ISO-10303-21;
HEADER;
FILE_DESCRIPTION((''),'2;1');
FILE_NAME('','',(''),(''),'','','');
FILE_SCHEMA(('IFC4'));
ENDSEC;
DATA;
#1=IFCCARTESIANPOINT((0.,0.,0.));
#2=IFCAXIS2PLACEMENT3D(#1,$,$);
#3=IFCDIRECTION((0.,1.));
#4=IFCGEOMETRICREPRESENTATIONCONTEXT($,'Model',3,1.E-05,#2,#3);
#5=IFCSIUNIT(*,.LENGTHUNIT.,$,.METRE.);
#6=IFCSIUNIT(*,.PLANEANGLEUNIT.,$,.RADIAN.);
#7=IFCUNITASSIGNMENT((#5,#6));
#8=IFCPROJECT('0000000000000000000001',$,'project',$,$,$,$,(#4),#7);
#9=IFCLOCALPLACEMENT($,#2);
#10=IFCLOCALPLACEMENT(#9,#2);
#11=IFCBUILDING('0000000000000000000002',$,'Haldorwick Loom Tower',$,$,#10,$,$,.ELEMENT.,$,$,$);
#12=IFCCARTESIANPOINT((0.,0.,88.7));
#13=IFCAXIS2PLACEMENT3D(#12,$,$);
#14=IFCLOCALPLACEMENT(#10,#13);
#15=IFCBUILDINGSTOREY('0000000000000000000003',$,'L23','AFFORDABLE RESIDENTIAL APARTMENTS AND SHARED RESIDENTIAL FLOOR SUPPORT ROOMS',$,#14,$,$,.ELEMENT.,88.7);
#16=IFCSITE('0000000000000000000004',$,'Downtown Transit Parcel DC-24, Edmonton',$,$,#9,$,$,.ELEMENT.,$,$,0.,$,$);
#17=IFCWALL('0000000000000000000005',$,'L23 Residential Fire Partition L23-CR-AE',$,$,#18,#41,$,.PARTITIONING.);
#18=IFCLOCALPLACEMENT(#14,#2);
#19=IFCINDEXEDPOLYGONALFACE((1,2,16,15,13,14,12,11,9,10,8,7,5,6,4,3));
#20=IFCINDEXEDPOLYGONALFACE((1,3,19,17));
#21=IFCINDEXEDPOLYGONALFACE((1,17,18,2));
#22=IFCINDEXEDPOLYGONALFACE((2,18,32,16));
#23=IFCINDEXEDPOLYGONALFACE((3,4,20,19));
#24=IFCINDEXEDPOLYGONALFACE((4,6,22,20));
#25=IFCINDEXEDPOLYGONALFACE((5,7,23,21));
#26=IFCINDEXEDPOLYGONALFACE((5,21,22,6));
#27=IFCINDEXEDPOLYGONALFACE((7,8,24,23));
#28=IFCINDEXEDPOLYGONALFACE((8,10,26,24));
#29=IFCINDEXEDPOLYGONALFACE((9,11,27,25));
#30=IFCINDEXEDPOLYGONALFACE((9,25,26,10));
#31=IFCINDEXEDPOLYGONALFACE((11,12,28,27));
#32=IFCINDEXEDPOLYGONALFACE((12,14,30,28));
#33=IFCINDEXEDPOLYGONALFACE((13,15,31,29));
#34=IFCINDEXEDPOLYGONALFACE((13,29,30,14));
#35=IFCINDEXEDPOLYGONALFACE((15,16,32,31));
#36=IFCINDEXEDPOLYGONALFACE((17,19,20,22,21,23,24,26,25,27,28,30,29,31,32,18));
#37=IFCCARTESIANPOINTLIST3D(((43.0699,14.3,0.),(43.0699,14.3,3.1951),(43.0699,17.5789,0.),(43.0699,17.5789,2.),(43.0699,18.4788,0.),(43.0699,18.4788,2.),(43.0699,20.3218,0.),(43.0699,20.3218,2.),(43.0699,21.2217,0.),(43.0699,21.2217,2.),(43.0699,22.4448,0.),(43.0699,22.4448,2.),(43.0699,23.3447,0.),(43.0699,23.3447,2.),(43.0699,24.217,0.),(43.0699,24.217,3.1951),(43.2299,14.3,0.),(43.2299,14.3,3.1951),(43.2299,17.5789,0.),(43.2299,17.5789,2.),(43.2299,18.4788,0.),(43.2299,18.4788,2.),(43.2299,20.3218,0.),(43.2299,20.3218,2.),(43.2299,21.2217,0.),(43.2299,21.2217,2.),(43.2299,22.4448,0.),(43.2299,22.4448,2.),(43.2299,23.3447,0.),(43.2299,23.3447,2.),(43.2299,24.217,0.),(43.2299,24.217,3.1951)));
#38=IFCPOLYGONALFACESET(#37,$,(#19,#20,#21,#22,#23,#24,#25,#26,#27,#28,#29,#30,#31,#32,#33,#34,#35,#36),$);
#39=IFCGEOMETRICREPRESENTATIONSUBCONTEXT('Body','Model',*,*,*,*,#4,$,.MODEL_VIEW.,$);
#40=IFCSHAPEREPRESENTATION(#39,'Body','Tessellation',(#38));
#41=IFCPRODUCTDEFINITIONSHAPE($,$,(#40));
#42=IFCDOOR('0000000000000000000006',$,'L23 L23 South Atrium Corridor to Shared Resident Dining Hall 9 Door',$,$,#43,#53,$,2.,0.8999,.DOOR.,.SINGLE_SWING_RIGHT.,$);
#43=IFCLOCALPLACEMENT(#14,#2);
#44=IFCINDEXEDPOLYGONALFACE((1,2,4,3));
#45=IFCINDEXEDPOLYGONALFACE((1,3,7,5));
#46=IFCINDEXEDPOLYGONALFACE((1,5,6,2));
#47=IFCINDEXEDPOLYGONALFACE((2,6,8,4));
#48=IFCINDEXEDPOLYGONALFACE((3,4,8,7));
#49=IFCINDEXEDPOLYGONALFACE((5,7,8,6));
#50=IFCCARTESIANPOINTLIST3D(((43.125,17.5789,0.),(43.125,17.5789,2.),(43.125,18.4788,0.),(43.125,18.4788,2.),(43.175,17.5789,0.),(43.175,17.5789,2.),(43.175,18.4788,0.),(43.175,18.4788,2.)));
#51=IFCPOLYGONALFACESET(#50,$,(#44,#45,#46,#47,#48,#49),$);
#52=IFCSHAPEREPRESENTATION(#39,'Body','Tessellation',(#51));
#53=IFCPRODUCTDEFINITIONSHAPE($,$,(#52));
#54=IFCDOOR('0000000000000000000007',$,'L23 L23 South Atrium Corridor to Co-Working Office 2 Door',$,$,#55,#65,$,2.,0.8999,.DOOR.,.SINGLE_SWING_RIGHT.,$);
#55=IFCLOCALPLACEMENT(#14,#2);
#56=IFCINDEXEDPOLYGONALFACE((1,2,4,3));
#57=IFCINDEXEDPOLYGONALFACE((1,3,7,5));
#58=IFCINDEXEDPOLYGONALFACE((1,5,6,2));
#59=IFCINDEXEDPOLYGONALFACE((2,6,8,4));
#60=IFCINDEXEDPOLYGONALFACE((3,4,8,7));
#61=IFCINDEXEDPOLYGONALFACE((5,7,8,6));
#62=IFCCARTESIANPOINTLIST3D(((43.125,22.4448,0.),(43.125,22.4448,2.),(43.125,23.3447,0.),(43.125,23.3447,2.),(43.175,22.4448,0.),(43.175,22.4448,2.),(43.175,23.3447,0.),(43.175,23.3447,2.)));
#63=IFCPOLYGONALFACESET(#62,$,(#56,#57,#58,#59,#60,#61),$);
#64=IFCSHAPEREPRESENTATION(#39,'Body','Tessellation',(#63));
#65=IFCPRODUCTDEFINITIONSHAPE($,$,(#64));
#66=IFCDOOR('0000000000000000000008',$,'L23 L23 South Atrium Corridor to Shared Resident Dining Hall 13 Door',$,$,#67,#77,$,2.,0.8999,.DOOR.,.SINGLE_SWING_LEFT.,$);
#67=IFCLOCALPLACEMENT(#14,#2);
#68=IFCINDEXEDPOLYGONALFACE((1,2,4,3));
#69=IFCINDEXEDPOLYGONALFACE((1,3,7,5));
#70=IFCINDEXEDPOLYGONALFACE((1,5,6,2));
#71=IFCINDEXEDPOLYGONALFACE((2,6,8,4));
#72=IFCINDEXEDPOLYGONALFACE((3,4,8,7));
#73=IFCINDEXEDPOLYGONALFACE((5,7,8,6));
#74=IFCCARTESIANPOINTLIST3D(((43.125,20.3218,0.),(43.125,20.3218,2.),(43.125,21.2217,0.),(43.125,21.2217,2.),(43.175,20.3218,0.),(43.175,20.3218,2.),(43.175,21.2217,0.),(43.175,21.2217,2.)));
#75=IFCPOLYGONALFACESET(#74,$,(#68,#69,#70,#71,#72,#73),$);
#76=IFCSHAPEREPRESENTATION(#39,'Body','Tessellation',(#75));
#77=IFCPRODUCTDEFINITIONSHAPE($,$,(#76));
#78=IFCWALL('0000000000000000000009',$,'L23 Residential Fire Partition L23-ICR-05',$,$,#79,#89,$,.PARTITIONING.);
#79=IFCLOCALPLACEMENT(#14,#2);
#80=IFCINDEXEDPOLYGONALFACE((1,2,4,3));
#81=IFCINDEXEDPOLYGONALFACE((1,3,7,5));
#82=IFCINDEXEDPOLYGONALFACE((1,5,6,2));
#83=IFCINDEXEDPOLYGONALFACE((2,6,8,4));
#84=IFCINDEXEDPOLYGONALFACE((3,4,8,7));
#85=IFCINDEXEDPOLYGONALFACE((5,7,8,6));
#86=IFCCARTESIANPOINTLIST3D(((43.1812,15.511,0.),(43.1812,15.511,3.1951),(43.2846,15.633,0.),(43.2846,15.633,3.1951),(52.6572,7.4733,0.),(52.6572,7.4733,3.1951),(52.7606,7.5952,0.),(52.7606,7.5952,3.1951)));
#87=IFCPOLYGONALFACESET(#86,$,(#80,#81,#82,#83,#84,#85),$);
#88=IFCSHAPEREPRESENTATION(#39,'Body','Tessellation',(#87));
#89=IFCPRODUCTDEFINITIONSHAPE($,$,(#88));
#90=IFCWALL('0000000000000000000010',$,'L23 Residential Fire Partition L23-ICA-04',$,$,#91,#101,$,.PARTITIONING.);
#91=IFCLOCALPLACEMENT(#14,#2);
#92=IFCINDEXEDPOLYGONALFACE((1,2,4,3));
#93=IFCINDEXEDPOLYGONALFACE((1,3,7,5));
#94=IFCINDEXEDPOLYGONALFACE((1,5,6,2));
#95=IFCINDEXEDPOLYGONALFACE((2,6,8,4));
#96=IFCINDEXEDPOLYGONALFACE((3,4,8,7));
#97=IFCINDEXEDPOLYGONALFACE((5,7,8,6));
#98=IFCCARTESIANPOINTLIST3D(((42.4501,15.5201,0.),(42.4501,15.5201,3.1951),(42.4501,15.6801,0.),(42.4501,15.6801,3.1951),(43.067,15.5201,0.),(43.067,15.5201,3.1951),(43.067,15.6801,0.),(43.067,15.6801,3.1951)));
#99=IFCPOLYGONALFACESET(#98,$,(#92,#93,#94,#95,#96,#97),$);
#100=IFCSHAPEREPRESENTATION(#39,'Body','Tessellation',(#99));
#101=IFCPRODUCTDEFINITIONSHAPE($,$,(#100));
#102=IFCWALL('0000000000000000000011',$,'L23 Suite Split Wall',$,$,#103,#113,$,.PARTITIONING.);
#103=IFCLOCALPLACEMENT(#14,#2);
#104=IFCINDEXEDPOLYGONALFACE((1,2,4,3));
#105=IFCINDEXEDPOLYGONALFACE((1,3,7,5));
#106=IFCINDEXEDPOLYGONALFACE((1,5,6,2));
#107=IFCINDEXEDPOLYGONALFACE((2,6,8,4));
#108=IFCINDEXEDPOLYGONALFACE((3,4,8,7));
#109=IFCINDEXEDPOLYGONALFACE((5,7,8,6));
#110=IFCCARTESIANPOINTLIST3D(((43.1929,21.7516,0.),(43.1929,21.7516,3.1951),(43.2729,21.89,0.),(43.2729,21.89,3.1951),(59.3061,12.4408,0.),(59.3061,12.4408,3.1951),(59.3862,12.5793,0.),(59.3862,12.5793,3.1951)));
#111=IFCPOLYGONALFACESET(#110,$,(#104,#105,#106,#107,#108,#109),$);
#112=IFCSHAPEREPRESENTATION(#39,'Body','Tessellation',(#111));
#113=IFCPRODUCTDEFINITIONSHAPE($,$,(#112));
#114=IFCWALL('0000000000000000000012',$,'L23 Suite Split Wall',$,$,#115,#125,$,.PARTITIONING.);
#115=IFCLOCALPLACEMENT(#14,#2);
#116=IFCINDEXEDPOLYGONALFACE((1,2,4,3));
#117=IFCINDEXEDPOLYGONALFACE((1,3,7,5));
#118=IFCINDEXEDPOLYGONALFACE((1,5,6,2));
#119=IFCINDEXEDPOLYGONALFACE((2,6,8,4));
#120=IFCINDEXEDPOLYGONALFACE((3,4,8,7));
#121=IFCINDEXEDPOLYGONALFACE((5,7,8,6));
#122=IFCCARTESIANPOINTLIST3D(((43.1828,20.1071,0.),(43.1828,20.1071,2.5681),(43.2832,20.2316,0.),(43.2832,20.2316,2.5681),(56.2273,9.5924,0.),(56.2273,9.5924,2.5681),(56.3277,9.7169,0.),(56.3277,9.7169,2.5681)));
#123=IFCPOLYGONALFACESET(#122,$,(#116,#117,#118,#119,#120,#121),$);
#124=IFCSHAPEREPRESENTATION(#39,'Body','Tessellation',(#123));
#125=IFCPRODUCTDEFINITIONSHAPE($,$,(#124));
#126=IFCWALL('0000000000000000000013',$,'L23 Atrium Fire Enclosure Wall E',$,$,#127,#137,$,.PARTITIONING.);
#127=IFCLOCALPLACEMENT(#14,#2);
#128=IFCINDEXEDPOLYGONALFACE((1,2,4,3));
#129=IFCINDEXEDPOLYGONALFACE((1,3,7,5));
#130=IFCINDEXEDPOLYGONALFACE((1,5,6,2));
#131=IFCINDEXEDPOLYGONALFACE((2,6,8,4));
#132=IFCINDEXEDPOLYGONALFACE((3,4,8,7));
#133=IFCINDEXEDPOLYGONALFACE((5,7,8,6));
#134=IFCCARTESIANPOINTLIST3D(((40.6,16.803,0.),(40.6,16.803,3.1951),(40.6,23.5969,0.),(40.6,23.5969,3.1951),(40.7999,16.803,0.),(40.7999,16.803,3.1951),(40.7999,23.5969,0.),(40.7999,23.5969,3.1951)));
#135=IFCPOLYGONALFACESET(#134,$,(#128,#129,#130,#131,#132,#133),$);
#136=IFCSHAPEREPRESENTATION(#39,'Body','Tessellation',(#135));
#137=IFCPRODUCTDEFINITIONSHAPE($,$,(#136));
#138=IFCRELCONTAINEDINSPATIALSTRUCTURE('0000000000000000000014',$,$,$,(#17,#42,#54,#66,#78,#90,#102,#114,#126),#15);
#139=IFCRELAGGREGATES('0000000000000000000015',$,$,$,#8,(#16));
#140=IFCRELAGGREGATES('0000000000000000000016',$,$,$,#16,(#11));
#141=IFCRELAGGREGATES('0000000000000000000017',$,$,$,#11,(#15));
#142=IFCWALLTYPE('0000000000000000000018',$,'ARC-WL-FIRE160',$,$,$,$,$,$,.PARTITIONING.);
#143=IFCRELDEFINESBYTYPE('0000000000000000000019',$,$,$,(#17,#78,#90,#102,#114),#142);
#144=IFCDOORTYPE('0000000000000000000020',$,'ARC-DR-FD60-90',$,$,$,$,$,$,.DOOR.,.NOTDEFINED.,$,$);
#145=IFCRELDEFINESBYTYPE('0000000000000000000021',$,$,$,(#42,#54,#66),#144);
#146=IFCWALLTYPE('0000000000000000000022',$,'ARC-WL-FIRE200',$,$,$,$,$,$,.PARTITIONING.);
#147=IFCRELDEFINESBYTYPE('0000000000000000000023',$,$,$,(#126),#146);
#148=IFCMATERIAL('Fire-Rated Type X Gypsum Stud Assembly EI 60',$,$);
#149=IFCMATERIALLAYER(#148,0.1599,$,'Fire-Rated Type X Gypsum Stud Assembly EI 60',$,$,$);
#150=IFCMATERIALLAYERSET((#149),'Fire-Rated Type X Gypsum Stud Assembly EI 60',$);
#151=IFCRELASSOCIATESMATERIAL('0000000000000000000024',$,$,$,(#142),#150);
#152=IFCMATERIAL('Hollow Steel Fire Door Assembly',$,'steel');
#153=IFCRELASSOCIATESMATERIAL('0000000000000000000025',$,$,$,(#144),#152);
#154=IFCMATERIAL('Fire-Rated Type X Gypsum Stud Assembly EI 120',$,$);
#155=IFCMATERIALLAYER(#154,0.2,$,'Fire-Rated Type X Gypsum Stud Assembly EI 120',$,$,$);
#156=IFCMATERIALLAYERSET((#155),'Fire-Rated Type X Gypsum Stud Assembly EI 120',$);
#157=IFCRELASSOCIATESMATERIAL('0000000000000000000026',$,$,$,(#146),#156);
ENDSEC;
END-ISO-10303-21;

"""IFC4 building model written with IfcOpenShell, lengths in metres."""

from ifc_helpers import new_model, si_unit, direction, frame, frame_2d, origin, place, context, subcontext, project, spatial, rectangle, extrude, material, layer, layer_set, type_object, element, fill, save


model = new_model("IFC4")

# Units and contexts
model_context = context("Model", 3, precision=1e-05, world=origin(), true_north=direction((0.0, 1.0)))
body_context = subcontext(model_context, "Body", "Model", "MODEL_VIEW")
ifc_project = project(units=[si_unit("LENGTHUNIT", "METRE"), si_unit("PLANEANGLEUNIT", "RADIAN")], contexts=[model_context])

# Site, building, storey
site_placement = place(None, origin())
site = spatial("IfcSite", under=ifc_project, at=site_placement, Name="Downtown Transit Parcel DC-24, Edmonton", CompositionType="ELEMENT", RefElevation=0.0)
building_placement = place(site_placement, origin())
building = spatial("IfcBuilding", under=site, at=building_placement, Name="Haldorwick Loom Tower", CompositionType="ELEMENT")
storey_placement = place(building_placement, frame((0.0, 0.0, 88.7)))
storey = spatial("IfcBuildingStorey", under=building, at=storey_placement, Name="L23", Description="AFFORDABLE RESIDENTIAL APARTMENTS AND SHARED RESIDENTIAL FLOOR SUPPORT ROOMS", CompositionType="ELEMENT", Elevation=88.7)

# Wall, openings, doors
ifc_material_1 = material(Name="Fire-Rated Type X Gypsum Stud Assembly EI 60")
ifc_layer_1 = layer(ifc_material_1, 0.1599, Name="Fire-Rated Type X Gypsum Stud Assembly EI 60")
ifc_layer_set_1 = layer_set([ifc_layer_1], Name="Fire-Rated Type X Gypsum Stud Assembly EI 60")
wall_type_1 = type_object("IfcWallType", Name="ARC-WL-FIRE160", PredefinedType="PARTITIONING", material=ifc_layer_set_1)
wall_1_placement = place(storey_placement, frame((43.1499, 14.3, 0.0), z_axis=(0.0, 0.0, 1.0), x_axis=(0.0, 1.0, 0.0)))
wall_1 = element("IfcWall", 1, at=wall_1_placement, inside=storey, type_object=wall_type_1, Name="L23 Residential Fire Partition L23-CR-AE", PredefinedType="PARTITIONING", context=body_context, shape_type="SweptSolid", body=[
    extrude(rectangle(XDim=9.917, YDim=0.1599, at=frame_2d((4.9585, 0.0))), origin(), (0.0, 0.0, 1.0), 3.1951),
])
opening_1_placement = place(wall_1_placement, frame((3.2788, 0.0, 0.0)))
opening_1 = element("IfcOpeningElement", 2, at=opening_1_placement, cuts=wall_1, PredefinedType="OPENING", context=body_context, shape_type="SweptSolid", body=[
    extrude(rectangle(XDim=0.8999, YDim=2.0, at=frame_2d((0.45, 1.0))), frame((0.0, 0.0898, 0.0), z_axis=(0.0, -1.0, 0.0), x_axis=(1.0, 0.0, 0.0)), (0.0, 0.0, 1.0), 0.1799),
])
opening_2_placement = place(wall_1_placement, frame((8.1448, 0.0, 0.0)))
opening_2 = element("IfcOpeningElement", 3, at=opening_2_placement, cuts=wall_1, PredefinedType="OPENING", context=body_context, shape_type="SweptSolid", body=[
    extrude(rectangle(XDim=0.8999, YDim=2.0, at=frame_2d((0.45, 1.0))), frame((0.0, 0.0898, 0.0), z_axis=(0.0, -1.0, 0.0), x_axis=(1.0, 0.0, 0.0)), (0.0, 0.0, 1.0), 0.1799),
])
opening_3_placement = place(wall_1_placement, frame((6.0217, 0.0, 0.0)))
opening_3 = element("IfcOpeningElement", 4, at=opening_3_placement, cuts=wall_1, PredefinedType="OPENING", context=body_context, shape_type="SweptSolid", body=[
    extrude(rectangle(XDim=0.8999, YDim=2.0, at=frame_2d((0.45, 1.0))), frame((0.0, 0.0898, 0.0), z_axis=(0.0, -1.0, 0.0), x_axis=(1.0, 0.0, 0.0)), (0.0, 0.0, 1.0), 0.1799),
])
ifc_material_2 = material(Name="Hollow Steel Fire Door Assembly", Category="steel")
door_type = type_object("IfcDoorType", Name="ARC-DR-FD60-90", OperationType="NOTDEFINED", PredefinedType="DOOR", material=ifc_material_2)
door_1_placement = place(opening_1_placement, origin())
door_1 = element("IfcDoor", 5, at=door_1_placement, inside=storey, type_object=door_type, Name="L23 L23 South Atrium Corridor to Shared Resident Dining Hall 9 Door", OperationType="SINGLE_SWING_RIGHT", OverallHeight=2.0, OverallWidth=0.8999, PredefinedType="DOOR", context=body_context, shape_type="SweptSolid", body=[
    extrude(rectangle(XDim=0.8999, YDim=2.0, at=frame_2d((0.45, 1.0))), frame((0.0, 0.0249, 0.0), z_axis=(0.0, -1.0, 0.0), x_axis=(1.0, 0.0, 0.0)), (0.0, 0.0, 1.0), 0.05),
])
fill(opening_1, door_1)
door_2_placement = place(opening_2_placement, origin())
door_2 = element("IfcDoor", 6, at=door_2_placement, inside=storey, type_object=door_type, Name="L23 L23 South Atrium Corridor to Co-Working Office 2 Door", OperationType="SINGLE_SWING_RIGHT", OverallHeight=2.0, OverallWidth=0.8999, PredefinedType="DOOR", context=body_context, shape_type="SweptSolid", body=[
    extrude(rectangle(XDim=0.8999, YDim=2.0, at=frame_2d((0.45, 1.0))), frame((0.0, 0.0249, 0.0), z_axis=(0.0, -1.0, 0.0), x_axis=(1.0, 0.0, 0.0)), (0.0, 0.0, 1.0), 0.05),
])
fill(opening_2, door_2)
door_3_placement = place(opening_3_placement, origin())
door_3 = element("IfcDoor", 7, at=door_3_placement, inside=storey, type_object=door_type, Name="L23 L23 South Atrium Corridor to Shared Resident Dining Hall 13 Door", OperationType="SINGLE_SWING_LEFT", OverallHeight=2.0, OverallWidth=0.8999, PredefinedType="DOOR", context=body_context, shape_type="SweptSolid", body=[
    extrude(rectangle(XDim=0.8999, YDim=2.0, at=frame_2d((0.45, 1.0))), frame((0.0, 0.0249, 0.0), z_axis=(0.0, -1.0, 0.0), x_axis=(1.0, 0.0, 0.0)), (0.0, 0.0, 1.0), 0.05),
])
fill(opening_3, door_3)

# Walls
wall_2_placement = place(storey_placement, frame((43.2329, 15.572, 0.0), z_axis=(0.0, 0.0, 1.0), x_axis=(0.762607, -0.646862, 0.0)))
element("IfcWall", 8, at=wall_2_placement, inside=storey, type_object=wall_type_1, Name="L23 Residential Fire Partition L23-ICR-05", PredefinedType="PARTITIONING", context=body_context, shape_type="SweptSolid", body=[
    extrude(rectangle(XDim=12.4258, YDim=0.1599, at=frame_2d((6.2129, 0.0))), origin(), (0.0, 0.0, 1.0), 3.1951),
])
wall_3_placement = place(storey_placement, frame((42.45, 15.6001, 0.0), z_axis=(0.0, 0.0, 1.0), x_axis=(1.0, 0.0, 0.0)))
element("IfcWall", 9, at=wall_3_placement, inside=storey, type_object=wall_type_1, Name="L23 Residential Fire Partition L23-ICA-04", PredefinedType="PARTITIONING", context=body_context, shape_type="SweptSolid", body=[
    extrude(rectangle(XDim=0.6169, YDim=0.1599, at=frame_2d((0.3086, 0.0))), origin(), (0.0, 0.0, 1.0), 3.1951),
])
wall_4_placement = place(storey_placement, frame((43.2329, 21.8208, 0.0), z_axis=(0.0, 0.0, 1.0), x_axis=(0.865844, -0.500314, 0.0)))
element("IfcWall", 10, at=wall_4_placement, inside=storey, type_object=wall_type_1, Name="L23 Suite Split Wall", PredefinedType="PARTITIONING", context=body_context, shape_type="SweptSolid", body=[
    extrude(rectangle(XDim=18.6099, YDim=0.1599, at=frame_2d((9.3049, 0.0))), origin(), (0.0, 0.0, 1.0), 3.1951),
])
wall_5_placement = place(storey_placement, frame((43.2329, 20.1694, 0.0), z_axis=(0.0, 0.0, 1.0), x_axis=(0.77856, -0.62757, 0.0)))
element("IfcWall", 11, at=wall_5_placement, inside=storey, type_object=wall_type_1, Name="L23 Suite Split Wall", PredefinedType="PARTITIONING", context=body_context, shape_type="SweptSolid", body=[
    extrude(rectangle(XDim=16.7546, YDim=0.1599, at=frame_2d((8.3774, 0.0))), origin(), (0.0, 0.0, 1.0), 2.5681),
])
ifc_material_3 = material(Name="Fire-Rated Type X Gypsum Stud Assembly EI 120")
ifc_layer_2 = layer(ifc_material_3, 0.2, Name="Fire-Rated Type X Gypsum Stud Assembly EI 120")
ifc_layer_set_2 = layer_set([ifc_layer_2], Name="Fire-Rated Type X Gypsum Stud Assembly EI 120")
wall_type_2 = type_object("IfcWallType", Name="ARC-WL-FIRE200", PredefinedType="PARTITIONING", material=ifc_layer_set_2)
wall_6_placement = place(storey_placement, frame((40.7, 23.5969, 0.0), z_axis=(0.0, 0.0, 1.0), x_axis=(0.0, -1.0, 0.0)))
element("IfcWall", 12, at=wall_6_placement, inside=storey, type_object=wall_type_2, Name="L23 Atrium Fire Enclosure Wall E", PredefinedType="PARTITIONING", context=body_context, shape_type="SweptSolid", body=[
    extrude(rectangle(XDim=6.7939, YDim=0.2, at=frame_2d((3.397, 0.0))), origin(), (0.0, 0.0, 1.0), 3.1951),
])

save(model, "model.ifc")
